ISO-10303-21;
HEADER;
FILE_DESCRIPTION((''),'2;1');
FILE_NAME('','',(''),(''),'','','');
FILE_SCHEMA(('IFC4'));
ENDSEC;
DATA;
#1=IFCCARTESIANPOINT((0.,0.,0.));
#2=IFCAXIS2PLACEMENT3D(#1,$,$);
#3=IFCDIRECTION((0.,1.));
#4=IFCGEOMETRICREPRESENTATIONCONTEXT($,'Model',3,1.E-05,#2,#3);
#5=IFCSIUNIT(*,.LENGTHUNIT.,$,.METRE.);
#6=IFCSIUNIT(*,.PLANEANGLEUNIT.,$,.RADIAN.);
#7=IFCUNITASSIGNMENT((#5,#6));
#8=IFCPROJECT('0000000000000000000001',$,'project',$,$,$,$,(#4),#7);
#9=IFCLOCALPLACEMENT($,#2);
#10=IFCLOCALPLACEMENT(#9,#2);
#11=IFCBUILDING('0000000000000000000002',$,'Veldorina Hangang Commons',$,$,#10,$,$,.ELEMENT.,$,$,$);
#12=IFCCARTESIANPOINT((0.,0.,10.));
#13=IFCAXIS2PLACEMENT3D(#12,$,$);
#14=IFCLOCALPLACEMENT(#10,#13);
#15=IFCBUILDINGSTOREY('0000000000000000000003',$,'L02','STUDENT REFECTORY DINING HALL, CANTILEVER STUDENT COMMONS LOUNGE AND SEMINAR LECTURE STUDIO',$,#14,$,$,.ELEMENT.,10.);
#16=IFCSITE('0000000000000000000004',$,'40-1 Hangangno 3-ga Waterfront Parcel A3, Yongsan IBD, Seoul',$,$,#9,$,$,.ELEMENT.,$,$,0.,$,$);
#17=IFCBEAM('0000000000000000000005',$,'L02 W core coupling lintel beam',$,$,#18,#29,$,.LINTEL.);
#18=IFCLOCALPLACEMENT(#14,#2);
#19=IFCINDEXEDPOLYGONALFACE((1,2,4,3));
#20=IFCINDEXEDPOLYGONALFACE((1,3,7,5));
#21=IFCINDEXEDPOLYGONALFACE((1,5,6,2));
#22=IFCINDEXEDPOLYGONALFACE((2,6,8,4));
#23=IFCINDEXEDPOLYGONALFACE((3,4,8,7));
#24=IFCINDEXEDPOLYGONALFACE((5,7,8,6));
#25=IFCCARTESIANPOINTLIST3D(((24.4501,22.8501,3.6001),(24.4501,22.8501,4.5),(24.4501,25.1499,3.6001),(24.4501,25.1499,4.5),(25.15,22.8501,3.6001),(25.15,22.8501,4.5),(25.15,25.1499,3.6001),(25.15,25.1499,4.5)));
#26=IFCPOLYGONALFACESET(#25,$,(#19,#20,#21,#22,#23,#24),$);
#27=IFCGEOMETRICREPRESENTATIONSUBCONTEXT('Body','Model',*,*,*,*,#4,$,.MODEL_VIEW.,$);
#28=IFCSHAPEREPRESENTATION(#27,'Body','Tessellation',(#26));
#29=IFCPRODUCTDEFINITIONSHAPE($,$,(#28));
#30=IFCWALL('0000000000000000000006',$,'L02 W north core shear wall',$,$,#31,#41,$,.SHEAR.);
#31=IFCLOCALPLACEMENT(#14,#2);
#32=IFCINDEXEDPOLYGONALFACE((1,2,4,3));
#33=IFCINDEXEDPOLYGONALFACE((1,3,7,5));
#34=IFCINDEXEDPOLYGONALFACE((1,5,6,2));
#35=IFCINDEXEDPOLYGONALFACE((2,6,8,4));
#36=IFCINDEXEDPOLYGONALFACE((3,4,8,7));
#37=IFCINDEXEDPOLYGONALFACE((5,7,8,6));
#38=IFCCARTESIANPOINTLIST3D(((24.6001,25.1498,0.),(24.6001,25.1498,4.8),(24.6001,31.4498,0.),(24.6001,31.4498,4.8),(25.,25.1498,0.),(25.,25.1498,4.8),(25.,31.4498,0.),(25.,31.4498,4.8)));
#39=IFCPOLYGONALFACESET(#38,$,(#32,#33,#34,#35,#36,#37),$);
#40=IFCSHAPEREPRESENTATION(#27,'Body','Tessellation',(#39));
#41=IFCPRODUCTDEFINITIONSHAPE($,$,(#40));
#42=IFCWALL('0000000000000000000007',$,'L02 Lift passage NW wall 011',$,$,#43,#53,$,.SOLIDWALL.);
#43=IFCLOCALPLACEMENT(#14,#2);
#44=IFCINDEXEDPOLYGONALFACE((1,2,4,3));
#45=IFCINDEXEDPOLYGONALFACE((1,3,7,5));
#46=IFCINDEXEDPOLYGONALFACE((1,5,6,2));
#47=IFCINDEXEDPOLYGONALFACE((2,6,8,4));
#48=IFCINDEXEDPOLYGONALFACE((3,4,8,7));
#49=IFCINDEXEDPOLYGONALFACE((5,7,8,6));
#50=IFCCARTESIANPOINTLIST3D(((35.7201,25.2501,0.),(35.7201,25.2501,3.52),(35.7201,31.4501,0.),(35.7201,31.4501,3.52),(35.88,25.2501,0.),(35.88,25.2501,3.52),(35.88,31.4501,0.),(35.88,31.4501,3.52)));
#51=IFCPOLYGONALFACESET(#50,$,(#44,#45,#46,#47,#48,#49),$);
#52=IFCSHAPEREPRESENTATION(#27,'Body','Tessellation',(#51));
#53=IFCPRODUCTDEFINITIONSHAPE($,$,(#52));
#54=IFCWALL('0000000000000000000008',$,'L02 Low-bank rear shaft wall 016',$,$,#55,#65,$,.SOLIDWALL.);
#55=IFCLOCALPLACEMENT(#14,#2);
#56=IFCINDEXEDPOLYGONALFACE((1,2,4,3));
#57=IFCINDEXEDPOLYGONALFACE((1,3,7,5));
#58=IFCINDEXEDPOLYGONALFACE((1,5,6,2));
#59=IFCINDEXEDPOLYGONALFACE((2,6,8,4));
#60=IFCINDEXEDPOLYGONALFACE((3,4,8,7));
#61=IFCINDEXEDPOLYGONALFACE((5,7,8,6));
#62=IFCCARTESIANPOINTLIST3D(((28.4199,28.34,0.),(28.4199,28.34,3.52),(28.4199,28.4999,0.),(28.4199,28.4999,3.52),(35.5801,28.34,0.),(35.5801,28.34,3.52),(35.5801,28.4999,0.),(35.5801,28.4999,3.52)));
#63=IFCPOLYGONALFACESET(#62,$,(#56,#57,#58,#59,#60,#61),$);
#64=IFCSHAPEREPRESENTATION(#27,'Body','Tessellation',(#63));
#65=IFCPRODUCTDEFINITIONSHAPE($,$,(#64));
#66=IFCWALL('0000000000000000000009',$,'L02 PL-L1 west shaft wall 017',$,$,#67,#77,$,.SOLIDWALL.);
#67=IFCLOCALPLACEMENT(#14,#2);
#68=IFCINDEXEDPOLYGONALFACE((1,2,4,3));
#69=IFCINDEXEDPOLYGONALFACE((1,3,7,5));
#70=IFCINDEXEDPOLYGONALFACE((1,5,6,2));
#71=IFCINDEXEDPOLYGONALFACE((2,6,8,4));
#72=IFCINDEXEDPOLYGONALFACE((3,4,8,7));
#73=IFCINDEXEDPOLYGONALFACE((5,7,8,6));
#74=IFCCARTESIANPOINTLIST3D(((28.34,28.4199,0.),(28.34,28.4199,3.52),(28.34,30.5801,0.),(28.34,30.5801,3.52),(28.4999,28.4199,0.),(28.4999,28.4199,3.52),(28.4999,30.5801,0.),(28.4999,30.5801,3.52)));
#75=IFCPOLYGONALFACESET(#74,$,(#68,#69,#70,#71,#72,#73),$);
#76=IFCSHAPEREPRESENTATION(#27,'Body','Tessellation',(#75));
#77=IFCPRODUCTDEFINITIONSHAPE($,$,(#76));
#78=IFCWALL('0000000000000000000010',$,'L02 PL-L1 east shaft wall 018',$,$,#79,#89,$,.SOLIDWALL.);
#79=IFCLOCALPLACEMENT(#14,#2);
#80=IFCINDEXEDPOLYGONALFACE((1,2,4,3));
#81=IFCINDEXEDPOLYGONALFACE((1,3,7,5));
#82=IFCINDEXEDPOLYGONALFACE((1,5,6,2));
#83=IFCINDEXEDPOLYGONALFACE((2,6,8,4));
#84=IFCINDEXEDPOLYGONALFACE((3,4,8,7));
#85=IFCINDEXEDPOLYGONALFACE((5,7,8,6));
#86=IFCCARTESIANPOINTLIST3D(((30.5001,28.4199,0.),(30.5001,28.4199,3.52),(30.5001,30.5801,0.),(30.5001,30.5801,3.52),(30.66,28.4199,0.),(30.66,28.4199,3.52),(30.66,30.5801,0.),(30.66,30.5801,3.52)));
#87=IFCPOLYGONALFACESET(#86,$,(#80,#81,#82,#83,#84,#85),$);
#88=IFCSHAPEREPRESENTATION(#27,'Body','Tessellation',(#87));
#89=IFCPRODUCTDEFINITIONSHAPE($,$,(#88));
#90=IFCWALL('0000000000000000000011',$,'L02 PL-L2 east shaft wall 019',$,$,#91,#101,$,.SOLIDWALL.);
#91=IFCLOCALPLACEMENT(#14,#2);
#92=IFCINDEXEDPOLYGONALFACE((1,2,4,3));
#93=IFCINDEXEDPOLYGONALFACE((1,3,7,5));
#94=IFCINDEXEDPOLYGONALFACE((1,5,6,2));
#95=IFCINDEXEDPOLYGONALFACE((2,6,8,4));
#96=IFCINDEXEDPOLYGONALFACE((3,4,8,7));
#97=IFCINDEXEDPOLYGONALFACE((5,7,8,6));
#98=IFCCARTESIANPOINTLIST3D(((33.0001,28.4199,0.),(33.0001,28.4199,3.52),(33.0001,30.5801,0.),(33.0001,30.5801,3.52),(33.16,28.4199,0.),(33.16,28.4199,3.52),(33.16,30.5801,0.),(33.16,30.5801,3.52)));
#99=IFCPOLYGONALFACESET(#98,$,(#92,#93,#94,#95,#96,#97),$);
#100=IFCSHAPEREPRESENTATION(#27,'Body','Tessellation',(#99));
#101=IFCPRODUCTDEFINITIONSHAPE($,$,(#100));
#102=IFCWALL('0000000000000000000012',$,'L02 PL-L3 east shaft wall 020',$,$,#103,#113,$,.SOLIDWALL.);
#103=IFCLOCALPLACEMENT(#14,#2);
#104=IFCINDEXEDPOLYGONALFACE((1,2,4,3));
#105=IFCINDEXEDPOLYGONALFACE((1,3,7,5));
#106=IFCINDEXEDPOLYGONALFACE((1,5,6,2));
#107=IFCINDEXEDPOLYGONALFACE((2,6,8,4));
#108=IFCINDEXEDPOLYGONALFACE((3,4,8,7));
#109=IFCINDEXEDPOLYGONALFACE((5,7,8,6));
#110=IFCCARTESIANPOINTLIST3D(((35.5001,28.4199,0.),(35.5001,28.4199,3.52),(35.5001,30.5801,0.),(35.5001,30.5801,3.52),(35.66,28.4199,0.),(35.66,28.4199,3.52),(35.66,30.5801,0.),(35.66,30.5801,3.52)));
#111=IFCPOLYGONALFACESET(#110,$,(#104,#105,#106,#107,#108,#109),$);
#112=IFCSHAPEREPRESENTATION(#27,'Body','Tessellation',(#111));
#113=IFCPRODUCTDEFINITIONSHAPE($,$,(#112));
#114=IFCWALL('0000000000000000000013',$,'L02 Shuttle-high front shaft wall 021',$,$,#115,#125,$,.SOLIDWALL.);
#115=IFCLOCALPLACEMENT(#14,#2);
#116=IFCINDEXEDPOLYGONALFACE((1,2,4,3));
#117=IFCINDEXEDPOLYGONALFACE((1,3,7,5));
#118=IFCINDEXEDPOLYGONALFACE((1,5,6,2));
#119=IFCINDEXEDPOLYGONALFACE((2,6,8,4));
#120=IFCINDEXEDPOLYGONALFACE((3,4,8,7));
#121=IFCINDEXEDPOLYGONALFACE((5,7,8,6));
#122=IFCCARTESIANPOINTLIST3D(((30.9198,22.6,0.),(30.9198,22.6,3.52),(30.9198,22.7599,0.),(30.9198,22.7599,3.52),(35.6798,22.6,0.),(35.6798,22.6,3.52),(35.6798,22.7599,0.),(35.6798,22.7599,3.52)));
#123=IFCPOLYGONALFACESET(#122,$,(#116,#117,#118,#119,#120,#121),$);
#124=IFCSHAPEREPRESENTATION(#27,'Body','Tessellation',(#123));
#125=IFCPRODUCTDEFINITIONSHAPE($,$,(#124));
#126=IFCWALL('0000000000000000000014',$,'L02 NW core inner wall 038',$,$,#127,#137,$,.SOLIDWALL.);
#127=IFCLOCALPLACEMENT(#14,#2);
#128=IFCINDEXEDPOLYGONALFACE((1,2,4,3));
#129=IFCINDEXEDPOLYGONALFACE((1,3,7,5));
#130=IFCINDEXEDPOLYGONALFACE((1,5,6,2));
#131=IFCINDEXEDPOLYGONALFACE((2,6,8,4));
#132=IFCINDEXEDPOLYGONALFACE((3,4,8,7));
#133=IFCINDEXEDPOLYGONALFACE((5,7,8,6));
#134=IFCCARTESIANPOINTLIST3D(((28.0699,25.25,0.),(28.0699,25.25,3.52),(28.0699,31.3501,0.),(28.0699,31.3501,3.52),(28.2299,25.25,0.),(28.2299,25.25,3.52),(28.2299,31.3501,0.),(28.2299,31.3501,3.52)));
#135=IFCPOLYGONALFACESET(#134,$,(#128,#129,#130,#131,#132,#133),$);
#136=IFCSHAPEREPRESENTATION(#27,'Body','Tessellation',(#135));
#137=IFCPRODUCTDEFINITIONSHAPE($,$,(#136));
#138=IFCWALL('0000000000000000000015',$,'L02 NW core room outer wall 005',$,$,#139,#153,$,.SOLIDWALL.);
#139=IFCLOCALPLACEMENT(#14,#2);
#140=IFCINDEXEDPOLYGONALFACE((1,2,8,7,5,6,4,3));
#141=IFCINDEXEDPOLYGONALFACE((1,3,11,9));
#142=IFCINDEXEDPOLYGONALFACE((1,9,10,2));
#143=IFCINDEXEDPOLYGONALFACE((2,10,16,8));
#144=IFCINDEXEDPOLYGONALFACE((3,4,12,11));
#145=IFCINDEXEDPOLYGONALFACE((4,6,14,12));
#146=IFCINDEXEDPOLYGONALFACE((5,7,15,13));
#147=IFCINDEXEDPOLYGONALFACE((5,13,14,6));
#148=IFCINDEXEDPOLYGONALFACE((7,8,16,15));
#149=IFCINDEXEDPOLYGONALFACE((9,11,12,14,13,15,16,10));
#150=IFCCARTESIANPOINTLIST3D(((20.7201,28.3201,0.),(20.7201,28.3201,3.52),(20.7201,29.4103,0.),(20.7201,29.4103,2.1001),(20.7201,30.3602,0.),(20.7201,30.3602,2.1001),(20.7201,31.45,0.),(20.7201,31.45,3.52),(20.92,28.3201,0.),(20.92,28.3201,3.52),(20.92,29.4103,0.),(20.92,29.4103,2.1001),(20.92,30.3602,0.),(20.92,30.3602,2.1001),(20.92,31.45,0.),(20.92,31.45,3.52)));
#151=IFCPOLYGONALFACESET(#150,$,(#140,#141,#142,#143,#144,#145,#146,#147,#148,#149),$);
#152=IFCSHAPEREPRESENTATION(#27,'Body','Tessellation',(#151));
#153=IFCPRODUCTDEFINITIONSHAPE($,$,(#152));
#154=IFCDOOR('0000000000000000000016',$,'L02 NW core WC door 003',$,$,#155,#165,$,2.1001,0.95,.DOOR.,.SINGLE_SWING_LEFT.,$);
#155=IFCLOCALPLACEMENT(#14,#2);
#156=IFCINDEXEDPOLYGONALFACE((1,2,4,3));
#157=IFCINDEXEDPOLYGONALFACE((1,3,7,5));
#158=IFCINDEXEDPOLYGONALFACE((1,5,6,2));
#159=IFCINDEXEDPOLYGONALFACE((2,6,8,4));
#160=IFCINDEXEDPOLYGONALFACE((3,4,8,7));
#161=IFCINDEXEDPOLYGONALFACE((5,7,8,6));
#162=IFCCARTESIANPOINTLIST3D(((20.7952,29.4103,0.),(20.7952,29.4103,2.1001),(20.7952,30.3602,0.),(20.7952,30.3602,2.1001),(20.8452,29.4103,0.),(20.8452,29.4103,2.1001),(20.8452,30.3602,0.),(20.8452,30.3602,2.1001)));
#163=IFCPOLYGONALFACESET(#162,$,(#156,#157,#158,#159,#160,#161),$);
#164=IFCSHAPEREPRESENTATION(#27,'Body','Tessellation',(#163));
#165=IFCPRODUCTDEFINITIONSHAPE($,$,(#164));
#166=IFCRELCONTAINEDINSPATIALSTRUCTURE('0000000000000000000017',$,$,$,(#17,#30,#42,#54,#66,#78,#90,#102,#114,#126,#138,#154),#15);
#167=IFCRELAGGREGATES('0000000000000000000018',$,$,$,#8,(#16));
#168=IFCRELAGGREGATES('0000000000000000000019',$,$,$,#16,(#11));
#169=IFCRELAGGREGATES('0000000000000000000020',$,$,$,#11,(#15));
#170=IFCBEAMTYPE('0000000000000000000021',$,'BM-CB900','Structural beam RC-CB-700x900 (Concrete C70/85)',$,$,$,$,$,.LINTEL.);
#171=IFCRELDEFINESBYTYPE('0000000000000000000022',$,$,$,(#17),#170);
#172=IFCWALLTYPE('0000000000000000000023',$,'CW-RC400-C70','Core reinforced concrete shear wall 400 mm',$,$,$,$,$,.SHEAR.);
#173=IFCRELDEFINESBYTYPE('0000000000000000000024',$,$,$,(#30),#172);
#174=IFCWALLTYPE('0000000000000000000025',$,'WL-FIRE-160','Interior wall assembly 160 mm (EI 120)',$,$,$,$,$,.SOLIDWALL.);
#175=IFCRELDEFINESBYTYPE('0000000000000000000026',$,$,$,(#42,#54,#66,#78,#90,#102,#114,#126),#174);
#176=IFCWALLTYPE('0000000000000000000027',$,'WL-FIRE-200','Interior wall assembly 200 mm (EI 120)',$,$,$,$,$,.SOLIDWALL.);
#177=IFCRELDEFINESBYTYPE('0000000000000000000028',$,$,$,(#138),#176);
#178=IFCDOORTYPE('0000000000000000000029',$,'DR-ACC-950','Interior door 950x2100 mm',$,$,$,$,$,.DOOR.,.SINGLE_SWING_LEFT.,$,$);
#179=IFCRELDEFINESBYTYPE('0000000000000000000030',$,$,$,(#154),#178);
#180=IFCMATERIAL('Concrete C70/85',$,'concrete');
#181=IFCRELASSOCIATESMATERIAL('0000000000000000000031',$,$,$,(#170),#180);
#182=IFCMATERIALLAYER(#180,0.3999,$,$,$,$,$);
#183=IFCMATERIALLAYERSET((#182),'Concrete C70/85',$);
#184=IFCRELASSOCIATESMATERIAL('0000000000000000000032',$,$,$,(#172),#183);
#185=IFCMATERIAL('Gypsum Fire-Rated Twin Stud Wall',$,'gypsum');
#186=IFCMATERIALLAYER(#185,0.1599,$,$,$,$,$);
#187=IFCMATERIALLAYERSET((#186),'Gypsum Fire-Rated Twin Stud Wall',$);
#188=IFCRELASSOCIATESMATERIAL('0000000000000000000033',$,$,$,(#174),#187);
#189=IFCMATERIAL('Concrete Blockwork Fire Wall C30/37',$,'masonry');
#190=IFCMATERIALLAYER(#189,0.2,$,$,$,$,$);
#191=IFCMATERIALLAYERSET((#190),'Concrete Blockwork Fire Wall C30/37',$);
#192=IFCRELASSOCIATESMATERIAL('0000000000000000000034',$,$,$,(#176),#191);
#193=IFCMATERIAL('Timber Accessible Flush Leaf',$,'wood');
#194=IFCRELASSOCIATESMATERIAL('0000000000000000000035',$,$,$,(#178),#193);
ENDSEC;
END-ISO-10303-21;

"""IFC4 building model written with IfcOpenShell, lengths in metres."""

from ifc_helpers import new_model, si_unit, direction, frame, frame_2d, origin, origin_2d, place, context, subcontext, project, spatial, rectangle, extrude, material, layer, layer_set, material_profile, profile_set, type_object, element, fill, save


model = new_model("IFC4")

# Units and contexts
model_context = context("Model", 3, precision=1e-05, world=origin(), true_north=direction((0.0, 1.0)))
body_context = subcontext(model_context, "Body", "Model", "MODEL_VIEW")
ifc_project = project(units=[si_unit("LENGTHUNIT", "METRE"), si_unit("PLANEANGLEUNIT", "RADIAN")], contexts=[model_context])

# Site, building, storey
site_placement = place(None, origin())
site = spatial("IfcSite", under=ifc_project, at=site_placement, Name="40-1 Hangangno 3-ga Waterfront Parcel A3, Yongsan IBD, Seoul", CompositionType="ELEMENT", RefElevation=0.0)
building_placement = place(site_placement, origin())
building = spatial("IfcBuilding", under=site, at=building_placement, Name="Veldorina Hangang Commons", CompositionType="ELEMENT")
storey_placement = place(building_placement, frame((0.0, 0.0, 10.0)))
storey = spatial("IfcBuildingStorey", under=building, at=storey_placement, Name="L02", Description="STUDENT REFECTORY DINING HALL, CANTILEVER STUDENT COMMONS LOUNGE AND SEMINAR LECTURE STUDIO", CompositionType="ELEMENT", Elevation=10.0)

# Beam
ifc_material_1 = material(Name="Concrete C70/85", Category="concrete")
ifc_material_profile = material_profile(ifc_material_1, rectangle(XDim=0.7, YDim=0.8999, at=origin_2d()), Name="RC-CB-700x900")
ifc_profile_set = profile_set([ifc_material_profile], Name="Concrete C70/85")
beam_type = type_object("IfcBeamType", Name="BM-CB900", Description="Structural beam RC-CB-700x900 (Concrete C70/85)", PredefinedType="LINTEL", material=ifc_profile_set)
beam_placement = place(storey_placement, frame((24.8, 22.8501, 4.05), z_axis=(0.0, 1.0, 0.0), x_axis=(-1.0, 0.0, 0.0)))
element("IfcBeam", 1, at=beam_placement, inside=storey, type_object=beam_type, Name="L02 W core coupling lintel beam", PredefinedType="LINTEL", context=body_context, shape_type="SweptSolid", body=[
    extrude(rectangle(XDim=0.7, YDim=0.8999, at=origin_2d()), origin(), (0.0, 0.0, 1.0), 2.2998),
])

# Walls
ifc_layer_1 = layer(ifc_material_1, 0.3999)
ifc_layer_set_1 = layer_set([ifc_layer_1], Name="Concrete C70/85")
wall_type_1 = type_object("IfcWallType", Name="CW-RC400-C70", Description="Core reinforced concrete shear wall 400 mm", PredefinedType="SHEAR", material=ifc_layer_set_1)
wall_1_placement = place(storey_placement, frame((24.8, 25.1499, 0.0), z_axis=(0.0, 0.0, 1.0), x_axis=(0.0, 1.0, 0.0)))
element("IfcWall", 2, at=wall_1_placement, inside=storey, type_object=wall_type_1, Name="L02 W north core shear wall", PredefinedType="SHEAR", context=body_context, shape_type="SweptSolid", body=[
    extrude(rectangle(XDim=6.3, YDim=0.3999, at=frame_2d((3.1499, 0.0))), origin(), (0.0, 0.0, 1.0), 4.8),
])
ifc_material_2 = material(Name="Gypsum Fire-Rated Twin Stud Wall", Category="gypsum")
ifc_layer_2 = layer(ifc_material_2, 0.1599)
ifc_layer_set_2 = layer_set([ifc_layer_2], Name="Gypsum Fire-Rated Twin Stud Wall")
wall_type_2 = type_object("IfcWallType", Name="WL-FIRE-160", Description="Interior wall assembly 160 mm (EI 120)", PredefinedType="SOLIDWALL", material=ifc_layer_set_2)
wall_2_placement = place(storey_placement, frame((35.8, 25.25, 0.0), z_axis=(0.0, 0.0, 1.0), x_axis=(0.0, 1.0, 0.0)))
element("IfcWall", 3, at=wall_2_placement, inside=storey, type_object=wall_type_2, Name="L02 Lift passage NW wall 011", PredefinedType="SOLIDWALL", context=body_context, shape_type="SweptSolid", body=[
    extrude(rectangle(XDim=6.2, YDim=0.1599, at=frame_2d((3.1001, 0.0))), origin(), (0.0, 0.0, 1.0), 3.52),
])
wall_3_placement = place(storey_placement, frame((28.4199, 28.4199, 0.0), z_axis=(0.0, 0.0, 1.0), x_axis=(1.0, 0.0, 0.0)))
element("IfcWall", 4, at=wall_3_placement, inside=storey, type_object=wall_type_2, Name="L02 Low-bank rear shaft wall 016", PredefinedType="SOLIDWALL", context=body_context, shape_type="SweptSolid", body=[
    extrude(rectangle(XDim=7.1602, YDim=0.1599, at=frame_2d((3.5801, 0.0))), origin(), (0.0, 0.0, 1.0), 3.52),
])
for number, where, z_axis, x_axis, name in (
    (5, (28.4199, 28.4199, 0.0), (0.0, 0.0, 1.0), (0.0, 1.0, 0.0), "L02 PL-L1 west shaft wall 017"),
    (6, (30.5801, 28.4199, 0.0), (0.0, 0.0, 1.0), (0.0, 1.0, 0.0), "L02 PL-L1 east shaft wall 018"),
    (7, (33.0801, 28.4199, 0.0), (0.0, 0.0, 1.0), (0.0, 1.0, 0.0), "L02 PL-L2 east shaft wall 019"),
    (8, (35.5801, 28.4199, 0.0), (0.0, 0.0, 1.0), (0.0, 1.0, 0.0), "L02 PL-L3 east shaft wall 020"),
):
    element("IfcWall", number, at=place(storey_placement, frame(where, z_axis=z_axis, x_axis=x_axis)), inside=storey, type_object=wall_type_2, Name=name, PredefinedType="SOLIDWALL", context=body_context, shape_type="SweptSolid", body=[
        extrude(rectangle(XDim=2.1602, YDim=0.1599, at=frame_2d((1.0801, 0.0))), origin(), (0.0, 0.0, 1.0), 3.52),
    ])
wall_4_placement = place(storey_placement, frame((30.9199, 22.6799, 0.0), z_axis=(0.0, 0.0, 1.0), x_axis=(1.0, 0.0, 0.0)))
element("IfcWall", 9, at=wall_4_placement, inside=storey, type_object=wall_type_2, Name="L02 Shuttle-high front shaft wall 021", PredefinedType="SOLIDWALL", context=body_context, shape_type="SweptSolid", body=[
    extrude(rectangle(XDim=4.76, YDim=0.1599, at=frame_2d((2.3799, 0.0))), origin(), (0.0, 0.0, 1.0), 3.52),
])
wall_5_placement = place(storey_placement, frame((28.1499, 25.25, 0.0), z_axis=(0.0, 0.0, 1.0), x_axis=(0.0, 1.0, 0.0)))
element("IfcWall", 10, at=wall_5_placement, inside=storey, type_object=wall_type_2, Name="L02 NW core inner wall 038", PredefinedType="SOLIDWALL", context=body_context, shape_type="SweptSolid", body=[
    extrude(rectangle(XDim=6.1001, YDim=0.1599, at=frame_2d((3.05, 0.0))), origin(), (0.0, 0.0, 1.0), 3.52),
])

# Wall, opening, door
ifc_material_3 = material(Name="Concrete Blockwork Fire Wall C30/37", Category="masonry")
ifc_layer_3 = layer(ifc_material_3, 0.2)
ifc_layer_set_3 = layer_set([ifc_layer_3], Name="Concrete Blockwork Fire Wall C30/37")
wall_type_3 = type_object("IfcWallType", Name="WL-FIRE-200", Description="Interior wall assembly 200 mm (EI 120)", PredefinedType="SOLIDWALL", material=ifc_layer_set_3)
wall_6_placement = place(storey_placement, frame((20.8201, 28.3201, 0.0), z_axis=(0.0, 0.0, 1.0), x_axis=(0.0, 1.0, 0.0)))
wall_6 = element("IfcWall", 11, at=wall_6_placement, inside=storey, type_object=wall_type_3, Name="L02 NW core room outer wall 005", PredefinedType="SOLIDWALL", context=body_context, shape_type="SweptSolid", body=[
    extrude(rectangle(XDim=3.1299, YDim=0.2, at=frame_2d((1.5649, 0.0))), origin(), (0.0, 0.0, 1.0), 3.52),
])
opening_1_placement = place(wall_6_placement, frame((1.0901, 0.0, 0.0)))
opening_1 = element("IfcOpeningElement", 12, at=opening_1_placement, cuts=wall_6, PredefinedType="OPENING", context=body_context, shape_type="SweptSolid", body=[
    extrude(rectangle(XDim=0.95, YDim=2.1001, at=frame_2d((0.4751, 1.05))), frame((0.0, 0.1099, 0.0), z_axis=(0.0, -1.0, 0.0), x_axis=(1.0, 0.0, 0.0)), (0.0, 0.0, 1.0), 0.22),
])
ifc_material_4 = material(Name="Timber Accessible Flush Leaf", Category="wood")
door_type_1 = type_object("IfcDoorType", Name="DR-ACC-950", Description="Interior door 950x2100 mm", OperationType="SINGLE_SWING_LEFT", PredefinedType="DOOR", material=ifc_material_4)
door_1_placement = place(opening_1_placement, origin())
door_1 = element("IfcDoor", 13, at=door_1_placement, inside=storey, type_object=door_type_1, Name="L02 NW core WC door 003", OperationType="SINGLE_SWING_LEFT", OverallHeight=2.1001, OverallWidth=0.95, PredefinedType="DOOR", context=body_context, shape_type="SweptSolid", body=[
    extrude(rectangle(XDim=0.95, YDim=2.1001, at=frame_2d((0.4751, 1.05))), frame((0.0, 0.0249, 0.0), z_axis=(0.0, -1.0, 0.0), x_axis=(1.0, 0.0, 0.0)), (0.0, 0.0, 1.0), 0.05),
])
fill(opening_1, door_1)

save(model, "model.ifc")
